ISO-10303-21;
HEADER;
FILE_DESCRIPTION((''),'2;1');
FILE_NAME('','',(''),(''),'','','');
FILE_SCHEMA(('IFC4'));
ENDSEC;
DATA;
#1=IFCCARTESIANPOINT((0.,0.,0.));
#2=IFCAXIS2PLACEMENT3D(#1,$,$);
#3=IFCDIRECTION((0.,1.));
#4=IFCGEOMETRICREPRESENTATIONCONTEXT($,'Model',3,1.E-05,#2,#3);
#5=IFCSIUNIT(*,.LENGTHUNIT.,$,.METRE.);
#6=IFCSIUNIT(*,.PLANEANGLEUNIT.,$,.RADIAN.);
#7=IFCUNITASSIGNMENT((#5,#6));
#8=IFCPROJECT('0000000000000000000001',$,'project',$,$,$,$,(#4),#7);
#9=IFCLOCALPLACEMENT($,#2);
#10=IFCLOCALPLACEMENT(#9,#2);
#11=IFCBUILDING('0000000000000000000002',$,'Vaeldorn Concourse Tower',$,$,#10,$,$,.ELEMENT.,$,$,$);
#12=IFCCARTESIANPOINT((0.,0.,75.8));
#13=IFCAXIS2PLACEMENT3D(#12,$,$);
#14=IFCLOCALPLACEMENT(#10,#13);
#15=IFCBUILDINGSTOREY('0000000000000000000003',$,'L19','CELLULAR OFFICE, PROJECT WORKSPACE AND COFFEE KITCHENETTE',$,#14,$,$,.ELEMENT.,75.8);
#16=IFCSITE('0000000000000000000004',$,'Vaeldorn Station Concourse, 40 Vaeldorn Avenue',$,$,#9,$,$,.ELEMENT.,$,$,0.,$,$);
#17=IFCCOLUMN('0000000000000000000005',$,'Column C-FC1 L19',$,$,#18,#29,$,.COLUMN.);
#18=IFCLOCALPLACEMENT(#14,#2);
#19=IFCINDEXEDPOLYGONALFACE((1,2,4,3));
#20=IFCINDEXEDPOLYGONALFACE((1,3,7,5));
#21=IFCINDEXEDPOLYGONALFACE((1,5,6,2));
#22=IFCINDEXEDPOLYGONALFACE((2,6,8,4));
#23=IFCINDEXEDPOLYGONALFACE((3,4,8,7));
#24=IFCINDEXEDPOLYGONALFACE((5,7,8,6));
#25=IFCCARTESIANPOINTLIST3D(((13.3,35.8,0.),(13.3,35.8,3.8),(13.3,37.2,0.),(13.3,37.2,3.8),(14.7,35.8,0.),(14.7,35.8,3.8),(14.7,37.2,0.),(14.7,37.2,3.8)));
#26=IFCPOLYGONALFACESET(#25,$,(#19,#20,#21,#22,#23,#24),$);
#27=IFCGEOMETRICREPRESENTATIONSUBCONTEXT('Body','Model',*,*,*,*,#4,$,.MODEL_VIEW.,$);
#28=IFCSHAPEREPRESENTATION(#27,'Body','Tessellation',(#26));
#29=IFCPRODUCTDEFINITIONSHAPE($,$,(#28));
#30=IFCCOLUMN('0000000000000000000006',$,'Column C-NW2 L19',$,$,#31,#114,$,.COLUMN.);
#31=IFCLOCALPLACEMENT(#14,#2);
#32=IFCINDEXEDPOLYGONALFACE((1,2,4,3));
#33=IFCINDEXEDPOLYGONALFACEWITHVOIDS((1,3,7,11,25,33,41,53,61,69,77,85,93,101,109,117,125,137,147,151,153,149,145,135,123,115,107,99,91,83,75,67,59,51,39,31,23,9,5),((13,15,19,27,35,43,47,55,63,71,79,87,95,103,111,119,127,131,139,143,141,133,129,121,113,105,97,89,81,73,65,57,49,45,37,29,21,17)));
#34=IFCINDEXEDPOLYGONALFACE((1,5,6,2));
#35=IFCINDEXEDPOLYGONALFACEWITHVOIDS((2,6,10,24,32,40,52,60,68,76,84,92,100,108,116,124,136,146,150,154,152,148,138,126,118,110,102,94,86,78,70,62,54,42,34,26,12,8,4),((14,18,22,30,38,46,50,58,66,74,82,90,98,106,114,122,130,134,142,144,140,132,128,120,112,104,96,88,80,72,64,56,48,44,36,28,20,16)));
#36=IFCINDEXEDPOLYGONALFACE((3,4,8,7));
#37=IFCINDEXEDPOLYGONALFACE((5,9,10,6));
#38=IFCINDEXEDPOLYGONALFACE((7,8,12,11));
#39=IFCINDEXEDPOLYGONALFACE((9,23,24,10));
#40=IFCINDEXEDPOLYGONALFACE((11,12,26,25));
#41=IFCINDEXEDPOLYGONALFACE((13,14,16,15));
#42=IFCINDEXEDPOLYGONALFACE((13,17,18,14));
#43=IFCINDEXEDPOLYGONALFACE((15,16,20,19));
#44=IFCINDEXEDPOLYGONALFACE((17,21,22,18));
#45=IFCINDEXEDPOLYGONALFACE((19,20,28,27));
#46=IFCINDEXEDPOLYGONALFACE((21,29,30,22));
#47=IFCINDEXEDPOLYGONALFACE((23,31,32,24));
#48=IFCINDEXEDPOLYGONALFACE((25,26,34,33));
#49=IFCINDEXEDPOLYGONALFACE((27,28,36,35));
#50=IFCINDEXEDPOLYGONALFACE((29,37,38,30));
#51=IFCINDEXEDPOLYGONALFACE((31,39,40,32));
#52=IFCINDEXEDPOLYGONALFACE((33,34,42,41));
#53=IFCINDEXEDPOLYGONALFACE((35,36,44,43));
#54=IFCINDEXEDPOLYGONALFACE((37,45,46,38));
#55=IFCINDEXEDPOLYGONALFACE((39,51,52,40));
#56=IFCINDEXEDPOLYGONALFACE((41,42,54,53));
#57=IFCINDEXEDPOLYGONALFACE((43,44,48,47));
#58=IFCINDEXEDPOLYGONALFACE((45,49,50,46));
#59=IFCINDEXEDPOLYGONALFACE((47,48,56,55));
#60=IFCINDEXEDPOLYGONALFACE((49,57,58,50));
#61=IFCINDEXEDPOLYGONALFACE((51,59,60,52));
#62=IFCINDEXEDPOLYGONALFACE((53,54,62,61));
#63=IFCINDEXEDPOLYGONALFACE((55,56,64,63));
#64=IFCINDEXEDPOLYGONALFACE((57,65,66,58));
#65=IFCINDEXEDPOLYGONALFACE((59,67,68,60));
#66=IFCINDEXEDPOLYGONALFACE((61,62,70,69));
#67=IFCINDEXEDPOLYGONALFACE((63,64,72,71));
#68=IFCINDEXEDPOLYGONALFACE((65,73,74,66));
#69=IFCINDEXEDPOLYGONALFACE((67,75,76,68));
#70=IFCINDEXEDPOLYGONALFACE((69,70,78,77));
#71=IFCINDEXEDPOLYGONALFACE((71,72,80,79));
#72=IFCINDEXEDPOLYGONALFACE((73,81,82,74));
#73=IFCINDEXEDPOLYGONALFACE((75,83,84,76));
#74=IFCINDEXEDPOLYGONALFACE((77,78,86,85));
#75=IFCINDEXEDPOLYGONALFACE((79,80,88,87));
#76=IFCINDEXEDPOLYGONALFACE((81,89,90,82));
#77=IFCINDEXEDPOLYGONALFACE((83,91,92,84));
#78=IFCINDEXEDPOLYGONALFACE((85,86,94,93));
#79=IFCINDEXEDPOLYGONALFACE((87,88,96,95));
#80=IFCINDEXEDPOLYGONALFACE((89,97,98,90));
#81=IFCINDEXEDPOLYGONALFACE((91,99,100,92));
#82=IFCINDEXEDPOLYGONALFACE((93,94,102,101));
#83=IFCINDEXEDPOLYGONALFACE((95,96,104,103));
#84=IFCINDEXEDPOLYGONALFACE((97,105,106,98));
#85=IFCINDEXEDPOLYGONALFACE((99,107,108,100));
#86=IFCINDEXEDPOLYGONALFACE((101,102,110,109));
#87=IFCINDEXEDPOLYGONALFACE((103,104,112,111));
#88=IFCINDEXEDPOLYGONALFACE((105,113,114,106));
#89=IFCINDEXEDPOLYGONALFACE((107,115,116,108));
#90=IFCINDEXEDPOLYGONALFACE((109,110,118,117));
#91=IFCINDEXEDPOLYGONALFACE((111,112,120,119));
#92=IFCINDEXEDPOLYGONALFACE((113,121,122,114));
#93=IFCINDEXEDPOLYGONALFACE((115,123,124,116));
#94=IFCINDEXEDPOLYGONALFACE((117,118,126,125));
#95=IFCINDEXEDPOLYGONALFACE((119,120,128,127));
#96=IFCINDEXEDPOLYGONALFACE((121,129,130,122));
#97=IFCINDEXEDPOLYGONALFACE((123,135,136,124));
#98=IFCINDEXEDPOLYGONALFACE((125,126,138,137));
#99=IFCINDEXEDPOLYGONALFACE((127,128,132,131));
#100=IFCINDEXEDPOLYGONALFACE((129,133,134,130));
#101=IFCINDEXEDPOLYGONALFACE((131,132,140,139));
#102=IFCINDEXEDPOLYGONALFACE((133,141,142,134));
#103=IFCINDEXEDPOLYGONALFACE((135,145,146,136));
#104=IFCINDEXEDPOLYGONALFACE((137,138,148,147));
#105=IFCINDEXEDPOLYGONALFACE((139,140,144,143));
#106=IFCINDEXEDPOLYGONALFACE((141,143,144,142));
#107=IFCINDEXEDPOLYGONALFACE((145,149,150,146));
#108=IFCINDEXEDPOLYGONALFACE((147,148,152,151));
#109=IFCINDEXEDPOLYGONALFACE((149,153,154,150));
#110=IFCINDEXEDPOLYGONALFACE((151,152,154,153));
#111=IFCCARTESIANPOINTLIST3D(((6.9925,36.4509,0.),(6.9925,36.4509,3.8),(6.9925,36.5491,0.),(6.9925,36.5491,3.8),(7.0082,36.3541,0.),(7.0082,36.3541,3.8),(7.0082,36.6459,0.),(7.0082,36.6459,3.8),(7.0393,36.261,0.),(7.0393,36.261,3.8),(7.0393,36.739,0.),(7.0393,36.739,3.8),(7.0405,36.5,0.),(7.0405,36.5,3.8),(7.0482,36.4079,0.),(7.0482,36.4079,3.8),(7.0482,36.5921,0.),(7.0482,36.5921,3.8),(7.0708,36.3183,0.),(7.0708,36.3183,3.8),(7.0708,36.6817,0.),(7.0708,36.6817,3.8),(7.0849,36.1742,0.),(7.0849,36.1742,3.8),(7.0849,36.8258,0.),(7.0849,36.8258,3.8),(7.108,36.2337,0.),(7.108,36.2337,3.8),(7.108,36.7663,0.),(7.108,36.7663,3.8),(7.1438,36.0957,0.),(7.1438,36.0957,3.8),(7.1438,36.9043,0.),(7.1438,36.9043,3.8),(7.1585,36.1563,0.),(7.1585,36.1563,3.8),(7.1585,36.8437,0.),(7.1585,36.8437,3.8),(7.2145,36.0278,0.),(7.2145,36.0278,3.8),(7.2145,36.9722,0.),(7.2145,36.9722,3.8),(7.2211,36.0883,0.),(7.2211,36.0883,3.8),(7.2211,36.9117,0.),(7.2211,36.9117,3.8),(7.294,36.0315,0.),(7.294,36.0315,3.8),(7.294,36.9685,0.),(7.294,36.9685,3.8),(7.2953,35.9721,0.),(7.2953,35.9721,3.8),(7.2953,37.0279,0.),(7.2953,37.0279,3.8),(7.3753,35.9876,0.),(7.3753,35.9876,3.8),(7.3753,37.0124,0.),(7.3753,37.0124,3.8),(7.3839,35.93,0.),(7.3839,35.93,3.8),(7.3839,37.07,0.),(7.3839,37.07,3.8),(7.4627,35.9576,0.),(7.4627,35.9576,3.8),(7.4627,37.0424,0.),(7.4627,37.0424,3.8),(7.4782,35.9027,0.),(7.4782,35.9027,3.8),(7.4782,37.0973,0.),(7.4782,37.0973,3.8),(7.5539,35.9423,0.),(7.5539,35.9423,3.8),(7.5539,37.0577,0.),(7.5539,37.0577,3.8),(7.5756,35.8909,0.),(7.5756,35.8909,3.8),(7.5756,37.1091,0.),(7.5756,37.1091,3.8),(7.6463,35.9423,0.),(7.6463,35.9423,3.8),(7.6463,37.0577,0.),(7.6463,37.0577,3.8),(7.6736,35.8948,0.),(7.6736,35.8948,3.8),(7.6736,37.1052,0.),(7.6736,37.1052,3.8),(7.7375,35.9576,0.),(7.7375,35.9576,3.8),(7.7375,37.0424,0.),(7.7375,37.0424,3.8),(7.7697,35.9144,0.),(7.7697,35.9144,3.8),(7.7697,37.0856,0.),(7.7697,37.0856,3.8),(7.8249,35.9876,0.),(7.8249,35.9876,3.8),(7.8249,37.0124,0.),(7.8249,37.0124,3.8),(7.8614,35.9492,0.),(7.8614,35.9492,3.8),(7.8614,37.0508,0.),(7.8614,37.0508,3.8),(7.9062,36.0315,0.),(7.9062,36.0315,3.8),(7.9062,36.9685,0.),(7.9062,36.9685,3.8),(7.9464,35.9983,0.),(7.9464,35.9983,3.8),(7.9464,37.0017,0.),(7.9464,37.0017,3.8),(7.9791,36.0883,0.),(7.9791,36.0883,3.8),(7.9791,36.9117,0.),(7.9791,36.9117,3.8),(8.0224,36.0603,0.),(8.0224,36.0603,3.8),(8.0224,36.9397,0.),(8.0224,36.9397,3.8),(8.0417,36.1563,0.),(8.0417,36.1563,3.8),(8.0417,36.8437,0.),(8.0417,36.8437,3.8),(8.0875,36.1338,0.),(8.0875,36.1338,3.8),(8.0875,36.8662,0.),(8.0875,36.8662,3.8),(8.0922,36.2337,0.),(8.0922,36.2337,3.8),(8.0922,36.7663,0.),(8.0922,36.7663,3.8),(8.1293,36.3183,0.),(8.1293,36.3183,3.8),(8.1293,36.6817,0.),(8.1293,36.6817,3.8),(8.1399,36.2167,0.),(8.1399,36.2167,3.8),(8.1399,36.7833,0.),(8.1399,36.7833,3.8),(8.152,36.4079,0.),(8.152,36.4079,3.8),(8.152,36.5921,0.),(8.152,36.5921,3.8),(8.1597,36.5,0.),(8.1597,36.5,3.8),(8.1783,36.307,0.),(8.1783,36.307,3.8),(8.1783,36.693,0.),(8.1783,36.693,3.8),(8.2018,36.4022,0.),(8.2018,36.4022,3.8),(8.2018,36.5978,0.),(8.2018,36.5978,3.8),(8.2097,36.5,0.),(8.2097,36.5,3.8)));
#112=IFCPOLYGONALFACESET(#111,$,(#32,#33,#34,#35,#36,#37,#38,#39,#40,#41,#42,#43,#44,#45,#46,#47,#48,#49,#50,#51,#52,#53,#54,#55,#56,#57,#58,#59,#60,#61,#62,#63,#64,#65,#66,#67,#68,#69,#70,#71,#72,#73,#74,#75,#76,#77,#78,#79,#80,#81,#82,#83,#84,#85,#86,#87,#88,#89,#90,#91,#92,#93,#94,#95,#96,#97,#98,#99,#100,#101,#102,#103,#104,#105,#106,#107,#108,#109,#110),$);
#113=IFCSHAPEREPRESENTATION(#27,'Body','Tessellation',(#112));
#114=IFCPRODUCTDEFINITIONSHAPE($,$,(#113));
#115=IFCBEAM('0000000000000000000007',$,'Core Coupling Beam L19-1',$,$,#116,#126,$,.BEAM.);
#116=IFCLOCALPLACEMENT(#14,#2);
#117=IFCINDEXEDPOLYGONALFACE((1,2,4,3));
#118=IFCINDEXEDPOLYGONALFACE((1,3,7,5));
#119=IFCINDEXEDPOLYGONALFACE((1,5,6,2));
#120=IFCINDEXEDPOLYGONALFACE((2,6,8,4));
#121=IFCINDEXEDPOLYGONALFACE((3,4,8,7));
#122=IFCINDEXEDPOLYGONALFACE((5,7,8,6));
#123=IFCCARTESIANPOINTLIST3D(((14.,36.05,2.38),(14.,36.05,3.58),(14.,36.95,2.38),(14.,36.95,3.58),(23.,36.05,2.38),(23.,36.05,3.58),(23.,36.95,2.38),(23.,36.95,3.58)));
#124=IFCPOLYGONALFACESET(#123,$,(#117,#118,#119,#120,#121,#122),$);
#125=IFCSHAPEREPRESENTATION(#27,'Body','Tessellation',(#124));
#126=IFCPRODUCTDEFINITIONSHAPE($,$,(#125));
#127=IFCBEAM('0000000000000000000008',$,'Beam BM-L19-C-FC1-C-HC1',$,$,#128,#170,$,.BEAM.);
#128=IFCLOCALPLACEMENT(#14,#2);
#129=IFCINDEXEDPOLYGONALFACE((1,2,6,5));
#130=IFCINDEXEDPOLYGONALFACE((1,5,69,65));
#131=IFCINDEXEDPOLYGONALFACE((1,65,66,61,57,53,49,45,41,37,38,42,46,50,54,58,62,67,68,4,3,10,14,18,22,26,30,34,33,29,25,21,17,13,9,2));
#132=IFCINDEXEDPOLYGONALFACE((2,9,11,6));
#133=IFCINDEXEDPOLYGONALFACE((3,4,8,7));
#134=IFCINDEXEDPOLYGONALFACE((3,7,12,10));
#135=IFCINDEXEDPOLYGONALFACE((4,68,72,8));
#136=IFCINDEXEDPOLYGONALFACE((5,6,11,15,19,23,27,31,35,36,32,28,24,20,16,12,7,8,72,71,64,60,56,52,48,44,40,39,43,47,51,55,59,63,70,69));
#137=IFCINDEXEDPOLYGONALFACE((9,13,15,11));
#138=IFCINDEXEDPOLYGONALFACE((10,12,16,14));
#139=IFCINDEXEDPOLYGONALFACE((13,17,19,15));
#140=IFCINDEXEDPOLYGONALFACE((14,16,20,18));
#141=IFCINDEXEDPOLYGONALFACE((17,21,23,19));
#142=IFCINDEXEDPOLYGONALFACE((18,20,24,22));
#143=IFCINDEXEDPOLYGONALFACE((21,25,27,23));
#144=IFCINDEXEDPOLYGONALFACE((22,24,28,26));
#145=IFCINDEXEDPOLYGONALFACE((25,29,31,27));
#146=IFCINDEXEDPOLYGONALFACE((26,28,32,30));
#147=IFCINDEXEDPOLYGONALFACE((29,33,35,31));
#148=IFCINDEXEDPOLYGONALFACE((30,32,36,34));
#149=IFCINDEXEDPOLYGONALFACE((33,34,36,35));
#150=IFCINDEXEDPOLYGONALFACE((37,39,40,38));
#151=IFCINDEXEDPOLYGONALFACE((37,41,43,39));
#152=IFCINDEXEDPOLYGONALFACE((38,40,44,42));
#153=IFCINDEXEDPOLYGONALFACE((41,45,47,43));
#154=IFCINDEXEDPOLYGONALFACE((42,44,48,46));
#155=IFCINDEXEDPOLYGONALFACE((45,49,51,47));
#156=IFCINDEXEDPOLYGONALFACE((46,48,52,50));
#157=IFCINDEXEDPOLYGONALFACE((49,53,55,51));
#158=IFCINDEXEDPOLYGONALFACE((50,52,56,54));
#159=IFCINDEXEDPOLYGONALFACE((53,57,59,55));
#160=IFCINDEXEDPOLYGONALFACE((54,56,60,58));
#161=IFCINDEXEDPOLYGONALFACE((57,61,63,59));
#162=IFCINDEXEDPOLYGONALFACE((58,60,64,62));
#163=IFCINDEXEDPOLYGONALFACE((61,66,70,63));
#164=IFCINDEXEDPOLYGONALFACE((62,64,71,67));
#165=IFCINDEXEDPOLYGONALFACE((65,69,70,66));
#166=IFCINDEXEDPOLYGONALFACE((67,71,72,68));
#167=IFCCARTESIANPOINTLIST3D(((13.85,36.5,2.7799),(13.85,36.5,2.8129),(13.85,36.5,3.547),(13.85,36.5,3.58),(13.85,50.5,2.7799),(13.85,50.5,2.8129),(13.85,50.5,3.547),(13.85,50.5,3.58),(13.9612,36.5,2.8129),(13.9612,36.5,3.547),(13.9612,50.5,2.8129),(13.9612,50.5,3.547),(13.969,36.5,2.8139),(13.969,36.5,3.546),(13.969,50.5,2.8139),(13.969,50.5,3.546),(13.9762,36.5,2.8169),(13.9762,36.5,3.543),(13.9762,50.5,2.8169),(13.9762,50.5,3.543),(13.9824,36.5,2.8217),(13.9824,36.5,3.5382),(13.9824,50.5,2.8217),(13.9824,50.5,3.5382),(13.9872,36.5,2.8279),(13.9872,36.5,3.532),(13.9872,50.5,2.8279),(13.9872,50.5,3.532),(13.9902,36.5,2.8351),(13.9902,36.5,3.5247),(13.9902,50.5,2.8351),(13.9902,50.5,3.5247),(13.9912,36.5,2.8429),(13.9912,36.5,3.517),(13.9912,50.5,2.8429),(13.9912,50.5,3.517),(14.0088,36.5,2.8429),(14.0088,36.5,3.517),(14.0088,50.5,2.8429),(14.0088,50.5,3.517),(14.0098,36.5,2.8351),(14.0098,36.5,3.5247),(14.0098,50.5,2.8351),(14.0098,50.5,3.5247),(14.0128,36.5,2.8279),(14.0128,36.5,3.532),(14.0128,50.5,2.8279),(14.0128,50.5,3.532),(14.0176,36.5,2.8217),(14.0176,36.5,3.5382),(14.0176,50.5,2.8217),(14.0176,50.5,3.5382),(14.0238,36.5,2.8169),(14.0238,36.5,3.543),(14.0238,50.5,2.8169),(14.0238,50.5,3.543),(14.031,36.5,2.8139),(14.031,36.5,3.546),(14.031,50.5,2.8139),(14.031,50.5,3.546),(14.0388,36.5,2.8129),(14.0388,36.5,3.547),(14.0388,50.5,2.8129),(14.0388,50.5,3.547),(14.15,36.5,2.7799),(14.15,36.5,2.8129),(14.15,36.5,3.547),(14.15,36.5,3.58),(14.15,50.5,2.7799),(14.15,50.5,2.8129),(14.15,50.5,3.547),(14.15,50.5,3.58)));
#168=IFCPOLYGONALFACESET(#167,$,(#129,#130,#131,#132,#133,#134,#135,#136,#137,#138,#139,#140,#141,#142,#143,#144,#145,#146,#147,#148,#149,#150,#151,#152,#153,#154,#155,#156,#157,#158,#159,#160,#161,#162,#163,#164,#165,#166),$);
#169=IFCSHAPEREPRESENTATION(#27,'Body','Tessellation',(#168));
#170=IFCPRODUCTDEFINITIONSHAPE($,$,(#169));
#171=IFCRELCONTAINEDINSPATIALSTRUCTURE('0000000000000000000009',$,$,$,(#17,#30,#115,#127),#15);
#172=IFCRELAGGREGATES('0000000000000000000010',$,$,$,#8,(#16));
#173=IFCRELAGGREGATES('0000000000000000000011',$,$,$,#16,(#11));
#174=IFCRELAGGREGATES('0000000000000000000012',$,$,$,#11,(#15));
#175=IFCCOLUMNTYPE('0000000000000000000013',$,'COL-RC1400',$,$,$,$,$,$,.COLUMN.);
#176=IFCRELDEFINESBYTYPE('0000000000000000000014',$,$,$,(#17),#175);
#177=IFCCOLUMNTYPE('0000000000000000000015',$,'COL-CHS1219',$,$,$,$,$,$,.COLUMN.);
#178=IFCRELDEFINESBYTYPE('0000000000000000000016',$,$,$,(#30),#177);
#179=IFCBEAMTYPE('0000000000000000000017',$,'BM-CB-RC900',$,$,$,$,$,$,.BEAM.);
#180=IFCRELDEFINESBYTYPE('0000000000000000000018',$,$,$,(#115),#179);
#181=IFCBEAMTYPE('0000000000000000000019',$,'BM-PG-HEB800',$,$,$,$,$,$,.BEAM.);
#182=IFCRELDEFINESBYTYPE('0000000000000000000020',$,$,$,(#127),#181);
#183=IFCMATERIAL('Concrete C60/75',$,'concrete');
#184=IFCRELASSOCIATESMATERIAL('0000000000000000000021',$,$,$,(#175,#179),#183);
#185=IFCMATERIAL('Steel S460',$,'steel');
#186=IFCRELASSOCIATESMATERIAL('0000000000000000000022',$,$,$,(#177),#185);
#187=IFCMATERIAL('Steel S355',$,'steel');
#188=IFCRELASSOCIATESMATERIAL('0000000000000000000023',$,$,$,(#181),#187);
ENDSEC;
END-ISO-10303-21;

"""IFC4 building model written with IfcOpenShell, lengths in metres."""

from ifc_helpers import new_model, si_unit, direction, frame, origin, origin_2d, place, context, subcontext, project, spatial, rectangle, hollow_circle, i_section, extrude, source, transform, mapped, material, material_profile, profile_set, type_object, element, save


model = new_model("IFC4")

# Units and contexts
model_context = context("Model", 3, precision=1e-05, world=origin(), true_north=direction((0.0, 1.0)))
body_context = subcontext(model_context, "Body", "Model", "MODEL_VIEW")
ifc_project = project(units=[si_unit("LENGTHUNIT", "METRE"), si_unit("PLANEANGLEUNIT", "RADIAN")], contexts=[model_context])

# Site, building, storey
site_placement = place(None, origin())
site = spatial("IfcSite", under=ifc_project, at=site_placement, Name="Vaeldorn Station Concourse, 40 Vaeldorn Avenue", CompositionType="ELEMENT", RefElevation=0.0)
building_placement = place(site_placement, origin())
building = spatial("IfcBuilding", under=site, at=building_placement, Name="Vaeldorn Concourse Tower", CompositionType="ELEMENT")
storey_placement = place(building_placement, frame((0.0, 0.0, 75.8)))
storey = spatial("IfcBuildingStorey", under=building, at=storey_placement, Name="L19", Description="CELLULAR OFFICE, PROJECT WORKSPACE AND COFFEE KITCHENETTE", CompositionType="ELEMENT", Elevation=75.8)

# Columns
ifc_material_1 = material(Name="Concrete C60/75", Category="concrete")
ifc_material_profile_1 = material_profile(ifc_material_1, rectangle(XDim=1.3999, YDim=1.3999, at=origin_2d()), Name="RC 1400x1400")
ifc_profile_set_1 = profile_set([ifc_material_profile_1], Name="Concrete C60/75")
column_type_1 = type_object("IfcColumnType", Name="COL-RC1400", PredefinedType="COLUMN", material=ifc_profile_set_1)
shared_shape_1 = source(origin(), body_context, "Body", "SweptSolid", [
    extrude(rectangle(XDim=1.3999, YDim=1.3999, at=origin_2d()), origin(), (0.0, 0.0, 1.0), 3.8),
])
column_1_placement = place(storey_placement, frame((14.0, 36.5, 0.0), z_axis=(0.0, 0.0, 1.0), x_axis=(1.0, 0.0, 0.0)))
element("IfcColumn", 1, at=column_1_placement, inside=storey, type_object=column_type_1, Name="Column C-FC1 L19", PredefinedType="COLUMN", context=body_context, shape_type="MappedRepresentation", body=[
    mapped(shared_shape_1, transform((0.0, 0.0, 0.0), scale=1.0)),
])
ifc_material_2 = material(Name="Steel S460", Category="steel")
ifc_material_profile_2 = material_profile(ifc_material_2, hollow_circle(Radius=0.6096, WallThickness=0.05, at=origin_2d()), Name="CHS 1219x50")
ifc_profile_set_2 = profile_set([ifc_material_profile_2], Name="Steel S460")
column_type_2 = type_object("IfcColumnType", Name="COL-CHS1219", PredefinedType="COLUMN", material=ifc_profile_set_2)
shared_shape_2 = source(origin(), body_context, "Body", "SweptSolid", [
    extrude(hollow_circle(Radius=0.6096, WallThickness=0.05, at=origin_2d()), origin(), (0.0, 0.0, 1.0), 3.8),
])
column_2_placement = place(storey_placement, frame((7.6001, 36.5, 0.0), z_axis=(0.0, 0.0, 1.0), x_axis=(1.0, 0.0, 0.0)))
element("IfcColumn", 2, at=column_2_placement, inside=storey, type_object=column_type_2, Name="Column C-NW2 L19", PredefinedType="COLUMN", context=body_context, shape_type="MappedRepresentation", body=[
    mapped(shared_shape_2, transform((0.0, 0.0, 0.0), scale=1.0)),
])

# Beams
ifc_material_profile_3 = material_profile(ifc_material_1, rectangle(XDim=0.8999, YDim=1.2, at=origin_2d()), Name="RC 900x1200")
ifc_profile_set_3 = profile_set([ifc_material_profile_3], Name="Concrete C60/75")
beam_type_1 = type_object("IfcBeamType", Name="BM-CB-RC900", PredefinedType="BEAM", material=ifc_profile_set_3)
shared_shape_3 = source(origin(), body_context, "Body", "SweptSolid", [
    extrude(rectangle(XDim=0.8999, YDim=1.2, at=origin_2d()), origin(), (0.0, 0.0, 1.0), 9.0),
])
beam_1_placement = place(storey_placement, frame((14.0, 36.5, 2.98), z_axis=(1.0, 0.0, 0.0), x_axis=(0.0, 1.0, 0.0)))
element("IfcBeam", 3, at=beam_1_placement, inside=storey, type_object=beam_type_1, Name="Core Coupling Beam L19-1", PredefinedType="BEAM", context=body_context, shape_type="MappedRepresentation", body=[
    mapped(shared_shape_3, transform((0.0, 0.0, 0.0), scale=1.0)),
])
ifc_material_3 = material(Name="Steel S355", Category="steel")
ifc_material_profile_4 = material_profile(ifc_material_3, i_section(OverallWidth=0.3, OverallDepth=0.8, WebThickness=0.0176, FlangeThickness=0.033, FilletRadius=0.03, at=origin_2d()), Name="HEB 800")
ifc_profile_set_4 = profile_set([ifc_material_profile_4], Name="Steel S355")
beam_type_2 = type_object("IfcBeamType", Name="BM-PG-HEB800", PredefinedType="BEAM", material=ifc_profile_set_4)
shared_shape_4 = source(origin(), body_context, "Body", "SweptSolid", [
    extrude(i_section(OverallWidth=0.3, OverallDepth=0.8, WebThickness=0.0176, FlangeThickness=0.033, FilletRadius=0.03, at=origin_2d()), origin(), (0.0, 0.0, 1.0), 14.0),
])
beam_2_placement = place(storey_placement, frame((14.0, 36.5, 3.1799), z_axis=(0.0, 1.0, 0.0), x_axis=(-1.0, 0.0, 0.0)))
element("IfcBeam", 4, at=beam_2_placement, inside=storey, type_object=beam_type_2, Name="Beam BM-L19-C-FC1-C-HC1", PredefinedType="BEAM", context=body_context, shape_type="MappedRepresentation", body=[
    mapped(shared_shape_4, transform((0.0, 0.0, 0.0), scale=1.0)),
])

save(model, "model.ifc")
